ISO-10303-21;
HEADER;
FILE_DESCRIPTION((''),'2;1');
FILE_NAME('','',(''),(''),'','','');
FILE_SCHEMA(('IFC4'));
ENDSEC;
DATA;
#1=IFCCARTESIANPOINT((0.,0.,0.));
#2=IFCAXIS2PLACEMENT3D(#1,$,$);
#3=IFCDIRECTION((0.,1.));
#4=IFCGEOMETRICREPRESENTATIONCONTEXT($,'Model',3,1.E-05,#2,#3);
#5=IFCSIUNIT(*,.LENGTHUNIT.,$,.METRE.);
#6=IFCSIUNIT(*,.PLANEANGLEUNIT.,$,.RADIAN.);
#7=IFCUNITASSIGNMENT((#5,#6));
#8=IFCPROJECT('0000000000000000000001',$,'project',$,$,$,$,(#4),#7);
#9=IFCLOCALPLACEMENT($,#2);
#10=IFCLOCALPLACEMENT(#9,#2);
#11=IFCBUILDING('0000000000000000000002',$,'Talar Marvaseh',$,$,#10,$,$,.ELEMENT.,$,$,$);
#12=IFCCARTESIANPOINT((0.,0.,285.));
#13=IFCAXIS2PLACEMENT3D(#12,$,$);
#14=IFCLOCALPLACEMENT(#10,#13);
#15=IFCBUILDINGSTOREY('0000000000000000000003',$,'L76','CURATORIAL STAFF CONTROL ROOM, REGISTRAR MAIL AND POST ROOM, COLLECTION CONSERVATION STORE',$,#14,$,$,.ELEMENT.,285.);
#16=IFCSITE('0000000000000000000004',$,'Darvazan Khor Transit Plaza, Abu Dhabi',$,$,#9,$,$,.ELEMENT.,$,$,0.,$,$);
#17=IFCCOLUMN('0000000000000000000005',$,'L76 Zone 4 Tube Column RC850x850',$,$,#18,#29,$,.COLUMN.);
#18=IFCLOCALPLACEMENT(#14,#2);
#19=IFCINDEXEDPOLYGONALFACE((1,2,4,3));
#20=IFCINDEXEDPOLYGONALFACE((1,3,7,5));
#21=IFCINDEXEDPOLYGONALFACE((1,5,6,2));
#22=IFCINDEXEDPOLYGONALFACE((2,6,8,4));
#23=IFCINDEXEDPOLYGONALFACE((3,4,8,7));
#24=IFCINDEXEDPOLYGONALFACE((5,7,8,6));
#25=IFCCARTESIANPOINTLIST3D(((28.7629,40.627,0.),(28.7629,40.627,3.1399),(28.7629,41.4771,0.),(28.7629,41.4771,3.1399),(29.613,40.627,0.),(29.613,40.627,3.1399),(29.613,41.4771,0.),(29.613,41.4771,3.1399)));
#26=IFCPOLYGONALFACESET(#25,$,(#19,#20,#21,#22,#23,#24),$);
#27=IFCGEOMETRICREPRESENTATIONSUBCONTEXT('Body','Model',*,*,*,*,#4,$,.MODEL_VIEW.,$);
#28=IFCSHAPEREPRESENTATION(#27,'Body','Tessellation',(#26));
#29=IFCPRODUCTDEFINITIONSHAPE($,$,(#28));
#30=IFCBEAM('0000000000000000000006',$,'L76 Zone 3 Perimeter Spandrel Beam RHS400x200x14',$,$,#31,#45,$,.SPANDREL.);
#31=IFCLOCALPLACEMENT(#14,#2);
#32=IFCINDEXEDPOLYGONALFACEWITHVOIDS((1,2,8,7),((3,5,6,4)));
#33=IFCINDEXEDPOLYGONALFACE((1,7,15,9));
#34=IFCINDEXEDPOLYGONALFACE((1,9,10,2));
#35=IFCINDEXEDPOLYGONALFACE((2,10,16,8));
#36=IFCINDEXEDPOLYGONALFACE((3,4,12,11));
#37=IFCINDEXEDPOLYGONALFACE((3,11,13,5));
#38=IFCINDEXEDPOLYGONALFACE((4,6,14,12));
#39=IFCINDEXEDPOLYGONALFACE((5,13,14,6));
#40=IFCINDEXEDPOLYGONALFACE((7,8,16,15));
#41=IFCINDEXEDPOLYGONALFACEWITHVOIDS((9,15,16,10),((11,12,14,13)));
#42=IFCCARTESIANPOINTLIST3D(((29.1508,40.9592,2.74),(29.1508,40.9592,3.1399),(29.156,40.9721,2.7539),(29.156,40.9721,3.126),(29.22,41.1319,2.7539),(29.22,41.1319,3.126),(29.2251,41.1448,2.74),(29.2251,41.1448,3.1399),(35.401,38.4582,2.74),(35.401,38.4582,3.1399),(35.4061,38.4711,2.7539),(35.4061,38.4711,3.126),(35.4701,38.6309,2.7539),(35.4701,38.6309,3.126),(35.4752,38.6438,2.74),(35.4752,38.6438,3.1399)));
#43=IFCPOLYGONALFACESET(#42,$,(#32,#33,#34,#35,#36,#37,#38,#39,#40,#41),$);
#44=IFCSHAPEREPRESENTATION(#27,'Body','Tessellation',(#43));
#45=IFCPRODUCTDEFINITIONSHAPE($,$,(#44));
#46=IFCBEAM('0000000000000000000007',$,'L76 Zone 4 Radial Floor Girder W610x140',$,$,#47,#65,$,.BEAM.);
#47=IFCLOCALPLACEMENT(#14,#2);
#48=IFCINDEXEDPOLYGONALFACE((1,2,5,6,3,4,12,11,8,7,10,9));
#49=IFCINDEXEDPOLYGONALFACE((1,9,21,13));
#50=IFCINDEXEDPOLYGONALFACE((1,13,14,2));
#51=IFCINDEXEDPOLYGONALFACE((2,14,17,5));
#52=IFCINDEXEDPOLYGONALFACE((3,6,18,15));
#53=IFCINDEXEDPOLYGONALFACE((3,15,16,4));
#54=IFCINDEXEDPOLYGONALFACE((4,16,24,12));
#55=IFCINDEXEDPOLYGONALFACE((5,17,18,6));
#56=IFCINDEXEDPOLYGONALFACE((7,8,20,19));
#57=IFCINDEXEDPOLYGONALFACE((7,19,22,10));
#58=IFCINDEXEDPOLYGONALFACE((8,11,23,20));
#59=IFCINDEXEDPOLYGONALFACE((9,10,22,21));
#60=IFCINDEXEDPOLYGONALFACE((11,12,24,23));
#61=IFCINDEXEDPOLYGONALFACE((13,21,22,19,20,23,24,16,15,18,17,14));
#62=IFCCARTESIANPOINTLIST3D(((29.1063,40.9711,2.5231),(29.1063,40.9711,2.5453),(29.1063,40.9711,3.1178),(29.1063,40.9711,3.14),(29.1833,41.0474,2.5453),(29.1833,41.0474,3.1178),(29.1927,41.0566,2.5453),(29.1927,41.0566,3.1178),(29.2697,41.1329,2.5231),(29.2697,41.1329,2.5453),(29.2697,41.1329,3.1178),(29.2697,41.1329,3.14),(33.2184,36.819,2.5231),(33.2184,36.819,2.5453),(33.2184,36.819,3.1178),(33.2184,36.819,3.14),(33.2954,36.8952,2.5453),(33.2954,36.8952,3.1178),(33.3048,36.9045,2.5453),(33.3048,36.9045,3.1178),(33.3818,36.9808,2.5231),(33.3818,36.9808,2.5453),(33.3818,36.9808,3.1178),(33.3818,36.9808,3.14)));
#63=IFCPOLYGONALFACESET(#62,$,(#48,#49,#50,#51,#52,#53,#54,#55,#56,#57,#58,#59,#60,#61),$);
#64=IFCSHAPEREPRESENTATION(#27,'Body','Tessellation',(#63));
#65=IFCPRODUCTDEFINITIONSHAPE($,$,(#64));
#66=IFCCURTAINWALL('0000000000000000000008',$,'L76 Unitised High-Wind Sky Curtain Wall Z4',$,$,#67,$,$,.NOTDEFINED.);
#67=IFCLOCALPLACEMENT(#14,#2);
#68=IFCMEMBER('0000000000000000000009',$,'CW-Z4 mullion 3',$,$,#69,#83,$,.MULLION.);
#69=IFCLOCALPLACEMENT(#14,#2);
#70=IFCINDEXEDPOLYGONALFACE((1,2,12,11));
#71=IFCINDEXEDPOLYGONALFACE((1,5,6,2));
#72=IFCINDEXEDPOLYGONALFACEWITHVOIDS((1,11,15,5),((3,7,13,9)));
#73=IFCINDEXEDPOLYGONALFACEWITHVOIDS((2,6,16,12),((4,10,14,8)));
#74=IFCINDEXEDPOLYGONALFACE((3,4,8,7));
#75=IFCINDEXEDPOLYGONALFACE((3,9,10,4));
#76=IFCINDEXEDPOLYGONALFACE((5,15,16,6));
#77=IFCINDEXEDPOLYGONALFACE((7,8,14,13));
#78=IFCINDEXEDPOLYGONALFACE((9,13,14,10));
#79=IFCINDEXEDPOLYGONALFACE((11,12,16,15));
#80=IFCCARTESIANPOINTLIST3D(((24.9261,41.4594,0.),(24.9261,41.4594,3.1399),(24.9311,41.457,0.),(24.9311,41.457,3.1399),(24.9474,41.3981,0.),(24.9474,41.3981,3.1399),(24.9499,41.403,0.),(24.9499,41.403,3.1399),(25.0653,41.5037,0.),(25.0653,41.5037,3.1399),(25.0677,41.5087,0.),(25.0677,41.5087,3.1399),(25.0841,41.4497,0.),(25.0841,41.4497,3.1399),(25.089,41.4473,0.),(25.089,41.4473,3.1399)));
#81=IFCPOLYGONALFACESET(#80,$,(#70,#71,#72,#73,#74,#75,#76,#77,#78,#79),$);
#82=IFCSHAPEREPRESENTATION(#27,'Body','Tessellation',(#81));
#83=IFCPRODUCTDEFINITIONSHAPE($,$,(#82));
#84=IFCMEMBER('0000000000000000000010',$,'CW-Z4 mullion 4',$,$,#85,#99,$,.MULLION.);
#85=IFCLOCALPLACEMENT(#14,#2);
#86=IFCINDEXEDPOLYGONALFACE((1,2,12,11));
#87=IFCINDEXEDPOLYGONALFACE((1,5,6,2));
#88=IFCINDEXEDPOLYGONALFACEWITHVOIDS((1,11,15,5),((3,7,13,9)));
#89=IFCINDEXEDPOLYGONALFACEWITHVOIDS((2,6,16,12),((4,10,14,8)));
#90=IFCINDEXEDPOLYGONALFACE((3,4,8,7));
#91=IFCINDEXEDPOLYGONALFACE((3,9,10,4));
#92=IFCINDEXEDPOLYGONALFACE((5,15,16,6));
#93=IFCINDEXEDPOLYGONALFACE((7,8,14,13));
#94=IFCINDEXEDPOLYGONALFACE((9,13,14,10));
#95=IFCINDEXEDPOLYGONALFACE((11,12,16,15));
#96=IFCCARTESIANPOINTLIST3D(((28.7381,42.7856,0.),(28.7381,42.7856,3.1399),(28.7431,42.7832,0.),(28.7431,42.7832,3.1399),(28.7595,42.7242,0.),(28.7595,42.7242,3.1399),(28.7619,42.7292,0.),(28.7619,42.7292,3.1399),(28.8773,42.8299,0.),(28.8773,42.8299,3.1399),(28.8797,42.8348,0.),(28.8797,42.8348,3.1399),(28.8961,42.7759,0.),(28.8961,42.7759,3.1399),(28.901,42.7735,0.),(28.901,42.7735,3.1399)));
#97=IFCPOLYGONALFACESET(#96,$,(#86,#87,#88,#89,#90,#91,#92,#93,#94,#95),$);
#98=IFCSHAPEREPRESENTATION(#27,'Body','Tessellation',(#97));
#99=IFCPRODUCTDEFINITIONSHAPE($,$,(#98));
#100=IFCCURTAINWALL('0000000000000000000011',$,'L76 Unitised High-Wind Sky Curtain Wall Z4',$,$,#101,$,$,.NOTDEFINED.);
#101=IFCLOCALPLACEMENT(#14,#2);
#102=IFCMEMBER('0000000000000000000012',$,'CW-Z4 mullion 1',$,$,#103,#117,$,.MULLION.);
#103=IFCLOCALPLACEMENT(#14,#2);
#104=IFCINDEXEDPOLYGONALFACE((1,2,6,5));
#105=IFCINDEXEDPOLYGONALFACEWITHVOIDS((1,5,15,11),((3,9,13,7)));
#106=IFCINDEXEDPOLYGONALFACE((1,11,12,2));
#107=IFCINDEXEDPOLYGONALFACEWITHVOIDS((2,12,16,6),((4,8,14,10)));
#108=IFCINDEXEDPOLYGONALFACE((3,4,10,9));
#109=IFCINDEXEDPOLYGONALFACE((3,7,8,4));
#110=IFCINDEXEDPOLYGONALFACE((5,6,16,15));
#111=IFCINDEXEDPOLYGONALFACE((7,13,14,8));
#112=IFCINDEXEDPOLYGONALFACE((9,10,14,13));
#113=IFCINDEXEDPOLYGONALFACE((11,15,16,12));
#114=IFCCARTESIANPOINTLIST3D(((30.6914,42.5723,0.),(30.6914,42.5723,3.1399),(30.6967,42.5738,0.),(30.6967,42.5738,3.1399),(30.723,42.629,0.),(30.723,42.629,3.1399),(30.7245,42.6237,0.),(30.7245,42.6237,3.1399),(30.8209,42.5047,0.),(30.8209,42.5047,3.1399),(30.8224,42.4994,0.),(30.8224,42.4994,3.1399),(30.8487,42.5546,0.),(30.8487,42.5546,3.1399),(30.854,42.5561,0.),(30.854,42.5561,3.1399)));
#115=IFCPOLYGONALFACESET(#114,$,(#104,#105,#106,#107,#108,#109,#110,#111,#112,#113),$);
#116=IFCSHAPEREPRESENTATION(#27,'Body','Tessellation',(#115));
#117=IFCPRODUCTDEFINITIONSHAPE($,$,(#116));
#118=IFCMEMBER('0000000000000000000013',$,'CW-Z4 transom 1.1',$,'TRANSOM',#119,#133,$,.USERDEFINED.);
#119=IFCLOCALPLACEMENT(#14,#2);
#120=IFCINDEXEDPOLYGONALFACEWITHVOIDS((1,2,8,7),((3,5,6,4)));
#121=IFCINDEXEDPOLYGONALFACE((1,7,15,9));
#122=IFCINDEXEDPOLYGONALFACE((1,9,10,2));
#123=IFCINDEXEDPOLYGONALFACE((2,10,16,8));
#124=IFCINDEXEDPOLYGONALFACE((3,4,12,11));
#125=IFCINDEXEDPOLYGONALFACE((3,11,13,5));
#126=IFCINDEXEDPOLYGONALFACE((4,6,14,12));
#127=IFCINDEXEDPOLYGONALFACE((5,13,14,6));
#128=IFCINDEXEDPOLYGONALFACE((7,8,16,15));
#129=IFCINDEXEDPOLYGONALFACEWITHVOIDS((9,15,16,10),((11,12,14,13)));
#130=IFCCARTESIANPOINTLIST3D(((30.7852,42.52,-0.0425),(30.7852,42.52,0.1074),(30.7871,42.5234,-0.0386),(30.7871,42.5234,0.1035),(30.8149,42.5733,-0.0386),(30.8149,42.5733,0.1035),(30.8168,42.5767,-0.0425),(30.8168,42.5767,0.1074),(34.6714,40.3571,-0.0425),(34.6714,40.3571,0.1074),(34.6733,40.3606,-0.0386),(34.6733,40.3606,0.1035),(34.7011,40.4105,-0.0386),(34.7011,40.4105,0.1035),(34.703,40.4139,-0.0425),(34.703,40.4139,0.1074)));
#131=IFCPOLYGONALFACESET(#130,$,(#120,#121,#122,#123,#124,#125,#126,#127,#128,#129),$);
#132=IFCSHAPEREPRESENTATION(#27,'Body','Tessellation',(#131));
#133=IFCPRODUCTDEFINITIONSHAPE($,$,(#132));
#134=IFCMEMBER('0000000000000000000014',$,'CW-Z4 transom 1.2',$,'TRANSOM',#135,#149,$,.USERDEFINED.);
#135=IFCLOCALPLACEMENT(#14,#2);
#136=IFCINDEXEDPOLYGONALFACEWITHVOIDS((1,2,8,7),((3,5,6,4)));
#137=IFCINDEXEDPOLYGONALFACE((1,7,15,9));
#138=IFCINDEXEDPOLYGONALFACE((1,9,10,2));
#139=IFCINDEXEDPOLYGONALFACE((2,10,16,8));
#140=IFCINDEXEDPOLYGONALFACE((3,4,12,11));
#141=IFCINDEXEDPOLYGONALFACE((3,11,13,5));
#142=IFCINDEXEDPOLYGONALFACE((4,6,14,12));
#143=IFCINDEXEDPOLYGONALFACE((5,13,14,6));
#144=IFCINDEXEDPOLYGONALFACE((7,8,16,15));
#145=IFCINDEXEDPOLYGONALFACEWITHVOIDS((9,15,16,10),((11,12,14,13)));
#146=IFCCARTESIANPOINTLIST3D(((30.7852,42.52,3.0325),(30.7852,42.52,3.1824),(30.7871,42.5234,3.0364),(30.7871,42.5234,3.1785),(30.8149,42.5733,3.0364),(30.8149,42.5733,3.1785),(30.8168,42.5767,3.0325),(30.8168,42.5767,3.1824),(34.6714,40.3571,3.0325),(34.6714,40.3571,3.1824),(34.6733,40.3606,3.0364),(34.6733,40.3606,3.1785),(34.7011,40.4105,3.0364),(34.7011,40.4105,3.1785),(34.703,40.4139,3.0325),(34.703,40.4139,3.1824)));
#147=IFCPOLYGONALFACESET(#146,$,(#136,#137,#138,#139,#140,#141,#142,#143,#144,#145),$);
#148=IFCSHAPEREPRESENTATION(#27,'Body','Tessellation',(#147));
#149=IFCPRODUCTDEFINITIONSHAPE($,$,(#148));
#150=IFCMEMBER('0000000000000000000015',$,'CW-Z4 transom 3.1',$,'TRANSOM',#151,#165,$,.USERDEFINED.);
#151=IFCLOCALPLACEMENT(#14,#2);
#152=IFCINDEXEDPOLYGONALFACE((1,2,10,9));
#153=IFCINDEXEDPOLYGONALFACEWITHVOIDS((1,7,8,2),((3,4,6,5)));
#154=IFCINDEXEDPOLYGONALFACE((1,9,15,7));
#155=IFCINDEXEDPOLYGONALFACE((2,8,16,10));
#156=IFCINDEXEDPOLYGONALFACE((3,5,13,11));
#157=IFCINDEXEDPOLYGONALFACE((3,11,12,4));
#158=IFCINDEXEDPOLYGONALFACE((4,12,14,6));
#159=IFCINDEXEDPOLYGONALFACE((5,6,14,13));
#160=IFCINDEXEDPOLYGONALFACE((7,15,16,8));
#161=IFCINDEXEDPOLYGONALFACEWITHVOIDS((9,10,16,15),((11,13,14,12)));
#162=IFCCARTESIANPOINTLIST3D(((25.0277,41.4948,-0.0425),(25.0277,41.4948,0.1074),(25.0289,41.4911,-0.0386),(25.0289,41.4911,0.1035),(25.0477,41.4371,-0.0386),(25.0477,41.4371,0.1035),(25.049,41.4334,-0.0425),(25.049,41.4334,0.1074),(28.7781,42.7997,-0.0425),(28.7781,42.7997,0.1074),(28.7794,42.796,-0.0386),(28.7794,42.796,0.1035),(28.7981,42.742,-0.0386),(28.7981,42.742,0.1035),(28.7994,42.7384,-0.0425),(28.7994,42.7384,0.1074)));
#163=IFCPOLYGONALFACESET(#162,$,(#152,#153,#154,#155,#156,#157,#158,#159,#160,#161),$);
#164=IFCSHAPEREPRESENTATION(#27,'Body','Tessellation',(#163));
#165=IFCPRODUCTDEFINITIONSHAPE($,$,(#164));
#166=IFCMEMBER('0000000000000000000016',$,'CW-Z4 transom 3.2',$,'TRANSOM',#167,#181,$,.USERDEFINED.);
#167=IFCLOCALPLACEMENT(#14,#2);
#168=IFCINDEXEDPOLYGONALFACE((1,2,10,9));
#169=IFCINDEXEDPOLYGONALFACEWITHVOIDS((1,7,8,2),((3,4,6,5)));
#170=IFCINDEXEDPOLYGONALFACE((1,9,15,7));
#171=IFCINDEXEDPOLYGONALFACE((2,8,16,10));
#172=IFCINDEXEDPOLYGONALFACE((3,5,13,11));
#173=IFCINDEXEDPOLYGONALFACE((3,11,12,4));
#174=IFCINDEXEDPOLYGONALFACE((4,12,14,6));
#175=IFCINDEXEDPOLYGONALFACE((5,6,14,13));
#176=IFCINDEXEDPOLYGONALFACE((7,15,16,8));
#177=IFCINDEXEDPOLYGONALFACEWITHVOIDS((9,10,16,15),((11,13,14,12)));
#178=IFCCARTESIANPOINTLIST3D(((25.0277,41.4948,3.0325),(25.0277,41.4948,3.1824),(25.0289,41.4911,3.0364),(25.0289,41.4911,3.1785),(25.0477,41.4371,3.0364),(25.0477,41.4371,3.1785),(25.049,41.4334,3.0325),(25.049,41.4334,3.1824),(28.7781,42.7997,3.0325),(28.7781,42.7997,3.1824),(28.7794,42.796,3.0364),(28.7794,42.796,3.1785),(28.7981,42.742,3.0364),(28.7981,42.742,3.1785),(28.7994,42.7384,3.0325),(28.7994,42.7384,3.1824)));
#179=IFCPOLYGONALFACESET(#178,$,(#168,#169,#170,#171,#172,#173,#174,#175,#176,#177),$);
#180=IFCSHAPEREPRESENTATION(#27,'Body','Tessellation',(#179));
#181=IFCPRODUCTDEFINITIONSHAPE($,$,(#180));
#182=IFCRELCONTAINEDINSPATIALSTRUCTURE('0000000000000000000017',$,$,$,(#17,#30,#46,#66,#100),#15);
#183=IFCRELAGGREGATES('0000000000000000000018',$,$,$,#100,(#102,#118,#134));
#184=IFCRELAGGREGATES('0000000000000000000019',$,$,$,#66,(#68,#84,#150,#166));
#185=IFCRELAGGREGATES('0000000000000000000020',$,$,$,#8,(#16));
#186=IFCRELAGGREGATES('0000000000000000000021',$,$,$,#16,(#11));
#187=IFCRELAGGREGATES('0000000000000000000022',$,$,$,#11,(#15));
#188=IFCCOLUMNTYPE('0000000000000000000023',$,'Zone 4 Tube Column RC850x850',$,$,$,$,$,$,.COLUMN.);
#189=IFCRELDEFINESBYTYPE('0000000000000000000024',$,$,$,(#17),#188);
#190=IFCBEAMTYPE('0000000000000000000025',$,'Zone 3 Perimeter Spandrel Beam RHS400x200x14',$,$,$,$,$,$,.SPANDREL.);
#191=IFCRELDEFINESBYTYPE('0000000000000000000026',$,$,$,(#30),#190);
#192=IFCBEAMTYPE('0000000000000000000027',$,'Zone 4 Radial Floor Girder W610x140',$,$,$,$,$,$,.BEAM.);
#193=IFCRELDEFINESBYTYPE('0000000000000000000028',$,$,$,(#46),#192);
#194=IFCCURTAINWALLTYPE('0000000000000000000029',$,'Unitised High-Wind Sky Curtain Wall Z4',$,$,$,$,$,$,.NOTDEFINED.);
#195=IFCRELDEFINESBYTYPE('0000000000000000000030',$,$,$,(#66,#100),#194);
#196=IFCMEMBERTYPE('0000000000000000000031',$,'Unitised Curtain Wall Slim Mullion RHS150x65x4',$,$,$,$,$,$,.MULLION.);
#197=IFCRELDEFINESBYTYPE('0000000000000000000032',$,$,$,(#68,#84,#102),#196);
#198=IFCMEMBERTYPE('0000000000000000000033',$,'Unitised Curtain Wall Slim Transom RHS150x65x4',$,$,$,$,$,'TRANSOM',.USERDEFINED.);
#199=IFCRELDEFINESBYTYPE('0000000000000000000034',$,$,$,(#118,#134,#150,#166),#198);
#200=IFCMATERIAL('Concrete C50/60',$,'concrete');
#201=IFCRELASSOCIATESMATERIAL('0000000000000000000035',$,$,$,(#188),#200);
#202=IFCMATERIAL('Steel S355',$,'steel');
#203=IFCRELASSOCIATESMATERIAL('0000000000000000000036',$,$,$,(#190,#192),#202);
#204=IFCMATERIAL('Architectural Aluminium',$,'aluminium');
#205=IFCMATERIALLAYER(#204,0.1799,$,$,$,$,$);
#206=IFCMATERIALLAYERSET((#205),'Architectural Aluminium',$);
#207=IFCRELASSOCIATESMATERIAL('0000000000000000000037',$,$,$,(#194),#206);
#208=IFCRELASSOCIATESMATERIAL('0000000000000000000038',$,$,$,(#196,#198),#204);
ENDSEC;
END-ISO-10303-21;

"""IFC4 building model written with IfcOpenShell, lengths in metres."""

from ifc_helpers import new_model, si_unit, direction, frame, origin, origin_2d, place, context, subcontext, project, spatial, rectangle, hollow_rectangle, i_section, extrude, source, transform, mapped, material, layer, layer_set, material_profile, profile_set, type_object, type_shapes, element, aggregate, save


model = new_model("IFC4")

# Units and contexts
model_context = context("Model", 3, precision=1e-05, world=origin(), true_north=direction((0.0, 1.0)))
body_context = subcontext(model_context, "Body", "Model", "MODEL_VIEW")
ifc_project = project(units=[si_unit("LENGTHUNIT", "METRE"), si_unit("PLANEANGLEUNIT", "RADIAN")], contexts=[model_context])

# Site, building, storey
site_placement = place(None, origin())
site = spatial("IfcSite", under=ifc_project, at=site_placement, Name="Darvazan Khor Transit Plaza, Abu Dhabi", CompositionType="ELEMENT", RefElevation=0.0)
building_placement = place(site_placement, origin())
building = spatial("IfcBuilding", under=site, at=building_placement, Name="Talar Marvaseh", CompositionType="ELEMENT")
storey_placement = place(building_placement, frame((0.0, 0.0, 285.0)))
storey = spatial("IfcBuildingStorey", under=building, at=storey_placement, Name="L76", Description="CURATORIAL STAFF CONTROL ROOM, REGISTRAR MAIL AND POST ROOM, COLLECTION CONSERVATION STORE", CompositionType="ELEMENT", Elevation=285.0)

# Column
ifc_material_1 = material(Name="Concrete C50/60", Category="concrete")
ifc_material_profile_1 = material_profile(ifc_material_1, rectangle(XDim=0.8501, YDim=0.8501, at=origin_2d()), Name="RC850x850")
ifc_profile_set_1 = profile_set([ifc_material_profile_1], Name="Concrete C50/60")
column_type = type_object("IfcColumnType", Name="Zone 4 Tube Column RC850x850", PredefinedType="COLUMN", material=ifc_profile_set_1)
column_placement = place(storey_placement, frame((29.188, 41.052, 0.0), z_axis=(0.0, 0.0, 1.0), x_axis=(1.0, 0.0, 0.0)))
element("IfcColumn", 1, at=column_placement, inside=storey, type_object=column_type, Name="L76 Zone 4 Tube Column RC850x850", PredefinedType="COLUMN", context=body_context, shape_type="SweptSolid", body=[
    extrude(rectangle(XDim=0.8501, YDim=0.8501, at=origin_2d()), origin(), (0.0, 0.0, 1.0), 3.1399),
])

# Beams
ifc_material_2 = material(Name="Steel S355", Category="steel")
ifc_material_profile_2 = material_profile(ifc_material_2, hollow_rectangle(XDim=0.2, YDim=0.3999, WallThickness=0.0139, at=origin_2d()), Name="RHS400x200x14")
ifc_profile_set_2 = profile_set([ifc_material_profile_2], Name="Steel S355")
beam_type_1 = type_object("IfcBeamType", Name="Zone 3 Perimeter Spandrel Beam RHS400x200x14", PredefinedType="SPANDREL", material=ifc_profile_set_2)
beam_1_placement = place(storey_placement, frame((29.188, 41.052, 2.9399), z_axis=(0.928427, -0.371516, 0.0), x_axis=(0.371516, 0.928427, 0.0)))
element("IfcBeam", 2, at=beam_1_placement, inside=storey, type_object=beam_type_1, Name="L76 Zone 3 Perimeter Spandrel Beam RHS400x200x14", PredefinedType="SPANDREL", context=body_context, shape_type="SweptSolid", body=[
    extrude(hollow_rectangle(XDim=0.2, YDim=0.3999, WallThickness=0.0139, at=origin_2d()), origin(), (0.0, 0.0, 1.0), 6.7319),
])
ifc_material_profile_3 = material_profile(ifc_material_2, i_section(OverallWidth=0.23, OverallDepth=0.6169, WebThickness=0.0132, FlangeThickness=0.0222, at=origin_2d()), Name="W610x140")
ifc_profile_set_3 = profile_set([ifc_material_profile_3], Name="Steel S355")
beam_type_2 = type_object("IfcBeamType", Name="Zone 4 Radial Floor Girder W610x140", PredefinedType="BEAM", material=ifc_profile_set_3)
beam_2_placement = place(storey_placement, frame((29.188, 41.052, 2.8315), z_axis=(0.703673, -0.710524, 0.0), x_axis=(0.710524, 0.703673, 0.0)))
element("IfcBeam", 3, at=beam_2_placement, inside=storey, type_object=beam_type_2, Name="L76 Zone 4 Radial Floor Girder W610x140", PredefinedType="BEAM", context=body_context, shape_type="SweptSolid", body=[
    extrude(i_section(OverallWidth=0.23, OverallDepth=0.6169, WebThickness=0.0132, FlangeThickness=0.0222, at=origin_2d()), origin(), (0.0, 0.0, 1.0), 5.8438),
])

# Curtain walls, members
ifc_material_3 = material(Name="Architectural Aluminium", Category="aluminium")
ifc_layer_1 = layer(ifc_material_3, 0.1799)
ifc_layer_set_1 = layer_set([ifc_layer_1], Name="Architectural Aluminium")
curtain_wall_type = type_object("IfcCurtainWallType", Name="Unitised High-Wind Sky Curtain Wall Z4", PredefinedType="NOTDEFINED", material=ifc_layer_set_1)
curtain_wall_1_placement = place(storey_placement, origin())
curtain_wall_1 = element("IfcCurtainWall", 4, at=curtain_wall_1_placement, inside=storey, type_object=curtain_wall_type, Name="L76 Unitised High-Wind Sky Curtain Wall Z4", PredefinedType="NOTDEFINED")
ifc_material_profile_4 = material_profile(ifc_material_3, hollow_rectangle(XDim=0.0649, YDim=0.1499, WallThickness=0.0039, at=origin_2d()), Name="RHS150x65x4")
ifc_profile_set_4 = profile_set([ifc_material_profile_4], Name="Architectural Aluminium")
member_type_1 = type_object("IfcMemberType", Name="Unitised Curtain Wall Slim Mullion RHS150x65x4", PredefinedType="MULLION", material=ifc_profile_set_4)
shared_shape_1 = source(origin(), body_context, "Body", "SweptSolid", [
    extrude(hollow_rectangle(XDim=0.0649, YDim=0.1499, WallThickness=0.0039, at=origin_2d()), origin(), (0.0, 0.0, 1.0), 3.1399),
])
type_shapes(member_type_1, [shared_shape_1])
member_1_placement = place(storey_placement, frame((25.0076, 41.4534, 0.0), z_axis=(0.0, 0.0, 1.0), x_axis=(-0.328569, 0.94448, 0.0)))
member_1 = element("IfcMember", 5, at=member_1_placement, type_object=member_type_1, Name="CW-Z4 mullion 3", PredefinedType="MULLION", context=body_context, shape_type="MappedRepresentation", body=[
    mapped(shared_shape_1, transform((0.0, 0.0, 0.0), x_axis=(1.0, 0.0, 0.0), y_axis=(0.0, 1.0, 0.0), z_axis=(0.0, 0.0, 1.0), scale=1.0)),
])
member_2_placement = place(storey_placement, frame((28.8196, 42.7795, 0.0), z_axis=(0.0, 0.0, 1.0), x_axis=(-0.328569, 0.94448, 0.0)))
member_2 = element("IfcMember", 6, at=member_2_placement, type_object=member_type_1, Name="CW-Z4 mullion 4", PredefinedType="MULLION", context=body_context, shape_type="MappedRepresentation", body=[
    mapped(shared_shape_1, transform((0.0, 0.0, 0.0), x_axis=(1.0, 0.0, 0.0), y_axis=(0.0, 1.0, 0.0), z_axis=(0.0, 0.0, 1.0), scale=1.0)),
])
curtain_wall_2_placement = place(storey_placement, origin())
curtain_wall_2 = element("IfcCurtainWall", 7, at=curtain_wall_2_placement, inside=storey, type_object=curtain_wall_type, Name="L76 Unitised High-Wind Sky Curtain Wall Z4", PredefinedType="NOTDEFINED")
member_3_placement = place(storey_placement, frame((30.7727, 42.5642, 0.0), z_axis=(0.0, 0.0, 1.0), x_axis=(0.486279, 0.873803, 0.0)))
member_3 = element("IfcMember", 8, at=member_3_placement, type_object=member_type_1, Name="CW-Z4 mullion 1", PredefinedType="MULLION", context=body_context, shape_type="MappedRepresentation", body=[
    mapped(shared_shape_1, transform((0.0, 0.0, 0.0), x_axis=(1.0, 0.0, 0.0), y_axis=(0.0, 1.0, 0.0), z_axis=(0.0, 0.0, 1.0), scale=1.0)),
])
ifc_material_profile_5 = material_profile(ifc_material_3, hollow_rectangle(XDim=0.0649, YDim=0.1499, WallThickness=0.0039, at=origin_2d()), Name="RHS150x65x4")
ifc_profile_set_5 = profile_set([ifc_material_profile_5], Name="Architectural Aluminium")
member_type_2 = type_object("IfcMemberType", Name="Unitised Curtain Wall Slim Transom RHS150x65x4", ElementType="TRANSOM", PredefinedType="USERDEFINED", material=ifc_profile_set_5)
shared_shape_2 = source(origin(), body_context, "Body", "SweptSolid", [
    extrude(hollow_rectangle(XDim=0.0649, YDim=0.1499, WallThickness=0.0039, at=origin_2d()), origin(), (0.0, 0.0, 1.0), 4.4475),
])
member_4_placement = place(storey_placement, frame((30.801, 42.5483, 0.0325), z_axis=(0.873792, -0.4863, 0.0), x_axis=(0.4863, 0.873792, 0.0)))
member_4 = element("IfcMember", 9, at=member_4_placement, type_object=member_type_2, Name="CW-Z4 transom 1.1", ObjectType="TRANSOM", PredefinedType="USERDEFINED", context=body_context, shape_type="MappedRepresentation", body=[
    mapped(shared_shape_2, transform((0.0, 0.0, 0.0), x_axis=(1.0, 0.0, 0.0), y_axis=(0.0, 1.0, 0.0), z_axis=(0.0, 0.0, 1.0), scale=1.0)),
])
member_5_placement = place(storey_placement, frame((30.801, 42.5483, 3.1074), z_axis=(0.873792, -0.4863, 0.0), x_axis=(0.4863, 0.873792, 0.0)))
member_5 = element("IfcMember", 10, at=member_5_placement, type_object=member_type_2, Name="CW-Z4 transom 1.2", ObjectType="TRANSOM", PredefinedType="USERDEFINED", context=body_context, shape_type="MappedRepresentation", body=[
    mapped(shared_shape_2, transform((0.0, 0.0, 0.0), x_axis=(1.0, 0.0, 0.0), y_axis=(0.0, 1.0, 0.0), z_axis=(0.0, 0.0, 1.0), scale=1.0)),
])
aggregate(curtain_wall_2, [member_3, member_4, member_5])

# Members
shared_shape_3 = source(origin(), body_context, "Body", "SweptSolid", [
    extrude(hollow_rectangle(XDim=0.0649, YDim=0.1499, WallThickness=0.0039, at=origin_2d()), origin(), (0.0, 0.0, 1.0), 3.9709),
])
type_shapes(member_type_2, [shared_shape_2, shared_shape_3])
member_6_placement = place(storey_placement, frame((25.0383, 41.4641, 0.0325), z_axis=(0.944464, 0.328614, 0.0), x_axis=(-0.328614, 0.944464, 0.0)))
member_6 = element("IfcMember", 11, at=member_6_placement, type_object=member_type_2, Name="CW-Z4 transom 3.1", ObjectType="TRANSOM", PredefinedType="USERDEFINED", context=body_context, shape_type="MappedRepresentation", body=[
    mapped(shared_shape_3, transform((0.0, 0.0, 0.0), x_axis=(1.0, 0.0, 0.0), y_axis=(0.0, 1.0, 0.0), z_axis=(0.0, 0.0, 1.0), scale=1.0)),
])
member_7_placement = place(storey_placement, frame((25.0383, 41.4641, 3.1074), z_axis=(0.944464, 0.328614, 0.0), x_axis=(-0.328614, 0.944464, 0.0)))
member_7 = element("IfcMember", 12, at=member_7_placement, type_object=member_type_2, Name="CW-Z4 transom 3.2", ObjectType="TRANSOM", PredefinedType="USERDEFINED", context=body_context, shape_type="MappedRepresentation", body=[
    mapped(shared_shape_3, transform((0.0, 0.0, 0.0), x_axis=(1.0, 0.0, 0.0), y_axis=(0.0, 1.0, 0.0), z_axis=(0.0, 0.0, 1.0), scale=1.0)),
])

aggregate(curtain_wall_1, [member_1, member_2, member_6, member_7])

save(model, "model.ifc")
